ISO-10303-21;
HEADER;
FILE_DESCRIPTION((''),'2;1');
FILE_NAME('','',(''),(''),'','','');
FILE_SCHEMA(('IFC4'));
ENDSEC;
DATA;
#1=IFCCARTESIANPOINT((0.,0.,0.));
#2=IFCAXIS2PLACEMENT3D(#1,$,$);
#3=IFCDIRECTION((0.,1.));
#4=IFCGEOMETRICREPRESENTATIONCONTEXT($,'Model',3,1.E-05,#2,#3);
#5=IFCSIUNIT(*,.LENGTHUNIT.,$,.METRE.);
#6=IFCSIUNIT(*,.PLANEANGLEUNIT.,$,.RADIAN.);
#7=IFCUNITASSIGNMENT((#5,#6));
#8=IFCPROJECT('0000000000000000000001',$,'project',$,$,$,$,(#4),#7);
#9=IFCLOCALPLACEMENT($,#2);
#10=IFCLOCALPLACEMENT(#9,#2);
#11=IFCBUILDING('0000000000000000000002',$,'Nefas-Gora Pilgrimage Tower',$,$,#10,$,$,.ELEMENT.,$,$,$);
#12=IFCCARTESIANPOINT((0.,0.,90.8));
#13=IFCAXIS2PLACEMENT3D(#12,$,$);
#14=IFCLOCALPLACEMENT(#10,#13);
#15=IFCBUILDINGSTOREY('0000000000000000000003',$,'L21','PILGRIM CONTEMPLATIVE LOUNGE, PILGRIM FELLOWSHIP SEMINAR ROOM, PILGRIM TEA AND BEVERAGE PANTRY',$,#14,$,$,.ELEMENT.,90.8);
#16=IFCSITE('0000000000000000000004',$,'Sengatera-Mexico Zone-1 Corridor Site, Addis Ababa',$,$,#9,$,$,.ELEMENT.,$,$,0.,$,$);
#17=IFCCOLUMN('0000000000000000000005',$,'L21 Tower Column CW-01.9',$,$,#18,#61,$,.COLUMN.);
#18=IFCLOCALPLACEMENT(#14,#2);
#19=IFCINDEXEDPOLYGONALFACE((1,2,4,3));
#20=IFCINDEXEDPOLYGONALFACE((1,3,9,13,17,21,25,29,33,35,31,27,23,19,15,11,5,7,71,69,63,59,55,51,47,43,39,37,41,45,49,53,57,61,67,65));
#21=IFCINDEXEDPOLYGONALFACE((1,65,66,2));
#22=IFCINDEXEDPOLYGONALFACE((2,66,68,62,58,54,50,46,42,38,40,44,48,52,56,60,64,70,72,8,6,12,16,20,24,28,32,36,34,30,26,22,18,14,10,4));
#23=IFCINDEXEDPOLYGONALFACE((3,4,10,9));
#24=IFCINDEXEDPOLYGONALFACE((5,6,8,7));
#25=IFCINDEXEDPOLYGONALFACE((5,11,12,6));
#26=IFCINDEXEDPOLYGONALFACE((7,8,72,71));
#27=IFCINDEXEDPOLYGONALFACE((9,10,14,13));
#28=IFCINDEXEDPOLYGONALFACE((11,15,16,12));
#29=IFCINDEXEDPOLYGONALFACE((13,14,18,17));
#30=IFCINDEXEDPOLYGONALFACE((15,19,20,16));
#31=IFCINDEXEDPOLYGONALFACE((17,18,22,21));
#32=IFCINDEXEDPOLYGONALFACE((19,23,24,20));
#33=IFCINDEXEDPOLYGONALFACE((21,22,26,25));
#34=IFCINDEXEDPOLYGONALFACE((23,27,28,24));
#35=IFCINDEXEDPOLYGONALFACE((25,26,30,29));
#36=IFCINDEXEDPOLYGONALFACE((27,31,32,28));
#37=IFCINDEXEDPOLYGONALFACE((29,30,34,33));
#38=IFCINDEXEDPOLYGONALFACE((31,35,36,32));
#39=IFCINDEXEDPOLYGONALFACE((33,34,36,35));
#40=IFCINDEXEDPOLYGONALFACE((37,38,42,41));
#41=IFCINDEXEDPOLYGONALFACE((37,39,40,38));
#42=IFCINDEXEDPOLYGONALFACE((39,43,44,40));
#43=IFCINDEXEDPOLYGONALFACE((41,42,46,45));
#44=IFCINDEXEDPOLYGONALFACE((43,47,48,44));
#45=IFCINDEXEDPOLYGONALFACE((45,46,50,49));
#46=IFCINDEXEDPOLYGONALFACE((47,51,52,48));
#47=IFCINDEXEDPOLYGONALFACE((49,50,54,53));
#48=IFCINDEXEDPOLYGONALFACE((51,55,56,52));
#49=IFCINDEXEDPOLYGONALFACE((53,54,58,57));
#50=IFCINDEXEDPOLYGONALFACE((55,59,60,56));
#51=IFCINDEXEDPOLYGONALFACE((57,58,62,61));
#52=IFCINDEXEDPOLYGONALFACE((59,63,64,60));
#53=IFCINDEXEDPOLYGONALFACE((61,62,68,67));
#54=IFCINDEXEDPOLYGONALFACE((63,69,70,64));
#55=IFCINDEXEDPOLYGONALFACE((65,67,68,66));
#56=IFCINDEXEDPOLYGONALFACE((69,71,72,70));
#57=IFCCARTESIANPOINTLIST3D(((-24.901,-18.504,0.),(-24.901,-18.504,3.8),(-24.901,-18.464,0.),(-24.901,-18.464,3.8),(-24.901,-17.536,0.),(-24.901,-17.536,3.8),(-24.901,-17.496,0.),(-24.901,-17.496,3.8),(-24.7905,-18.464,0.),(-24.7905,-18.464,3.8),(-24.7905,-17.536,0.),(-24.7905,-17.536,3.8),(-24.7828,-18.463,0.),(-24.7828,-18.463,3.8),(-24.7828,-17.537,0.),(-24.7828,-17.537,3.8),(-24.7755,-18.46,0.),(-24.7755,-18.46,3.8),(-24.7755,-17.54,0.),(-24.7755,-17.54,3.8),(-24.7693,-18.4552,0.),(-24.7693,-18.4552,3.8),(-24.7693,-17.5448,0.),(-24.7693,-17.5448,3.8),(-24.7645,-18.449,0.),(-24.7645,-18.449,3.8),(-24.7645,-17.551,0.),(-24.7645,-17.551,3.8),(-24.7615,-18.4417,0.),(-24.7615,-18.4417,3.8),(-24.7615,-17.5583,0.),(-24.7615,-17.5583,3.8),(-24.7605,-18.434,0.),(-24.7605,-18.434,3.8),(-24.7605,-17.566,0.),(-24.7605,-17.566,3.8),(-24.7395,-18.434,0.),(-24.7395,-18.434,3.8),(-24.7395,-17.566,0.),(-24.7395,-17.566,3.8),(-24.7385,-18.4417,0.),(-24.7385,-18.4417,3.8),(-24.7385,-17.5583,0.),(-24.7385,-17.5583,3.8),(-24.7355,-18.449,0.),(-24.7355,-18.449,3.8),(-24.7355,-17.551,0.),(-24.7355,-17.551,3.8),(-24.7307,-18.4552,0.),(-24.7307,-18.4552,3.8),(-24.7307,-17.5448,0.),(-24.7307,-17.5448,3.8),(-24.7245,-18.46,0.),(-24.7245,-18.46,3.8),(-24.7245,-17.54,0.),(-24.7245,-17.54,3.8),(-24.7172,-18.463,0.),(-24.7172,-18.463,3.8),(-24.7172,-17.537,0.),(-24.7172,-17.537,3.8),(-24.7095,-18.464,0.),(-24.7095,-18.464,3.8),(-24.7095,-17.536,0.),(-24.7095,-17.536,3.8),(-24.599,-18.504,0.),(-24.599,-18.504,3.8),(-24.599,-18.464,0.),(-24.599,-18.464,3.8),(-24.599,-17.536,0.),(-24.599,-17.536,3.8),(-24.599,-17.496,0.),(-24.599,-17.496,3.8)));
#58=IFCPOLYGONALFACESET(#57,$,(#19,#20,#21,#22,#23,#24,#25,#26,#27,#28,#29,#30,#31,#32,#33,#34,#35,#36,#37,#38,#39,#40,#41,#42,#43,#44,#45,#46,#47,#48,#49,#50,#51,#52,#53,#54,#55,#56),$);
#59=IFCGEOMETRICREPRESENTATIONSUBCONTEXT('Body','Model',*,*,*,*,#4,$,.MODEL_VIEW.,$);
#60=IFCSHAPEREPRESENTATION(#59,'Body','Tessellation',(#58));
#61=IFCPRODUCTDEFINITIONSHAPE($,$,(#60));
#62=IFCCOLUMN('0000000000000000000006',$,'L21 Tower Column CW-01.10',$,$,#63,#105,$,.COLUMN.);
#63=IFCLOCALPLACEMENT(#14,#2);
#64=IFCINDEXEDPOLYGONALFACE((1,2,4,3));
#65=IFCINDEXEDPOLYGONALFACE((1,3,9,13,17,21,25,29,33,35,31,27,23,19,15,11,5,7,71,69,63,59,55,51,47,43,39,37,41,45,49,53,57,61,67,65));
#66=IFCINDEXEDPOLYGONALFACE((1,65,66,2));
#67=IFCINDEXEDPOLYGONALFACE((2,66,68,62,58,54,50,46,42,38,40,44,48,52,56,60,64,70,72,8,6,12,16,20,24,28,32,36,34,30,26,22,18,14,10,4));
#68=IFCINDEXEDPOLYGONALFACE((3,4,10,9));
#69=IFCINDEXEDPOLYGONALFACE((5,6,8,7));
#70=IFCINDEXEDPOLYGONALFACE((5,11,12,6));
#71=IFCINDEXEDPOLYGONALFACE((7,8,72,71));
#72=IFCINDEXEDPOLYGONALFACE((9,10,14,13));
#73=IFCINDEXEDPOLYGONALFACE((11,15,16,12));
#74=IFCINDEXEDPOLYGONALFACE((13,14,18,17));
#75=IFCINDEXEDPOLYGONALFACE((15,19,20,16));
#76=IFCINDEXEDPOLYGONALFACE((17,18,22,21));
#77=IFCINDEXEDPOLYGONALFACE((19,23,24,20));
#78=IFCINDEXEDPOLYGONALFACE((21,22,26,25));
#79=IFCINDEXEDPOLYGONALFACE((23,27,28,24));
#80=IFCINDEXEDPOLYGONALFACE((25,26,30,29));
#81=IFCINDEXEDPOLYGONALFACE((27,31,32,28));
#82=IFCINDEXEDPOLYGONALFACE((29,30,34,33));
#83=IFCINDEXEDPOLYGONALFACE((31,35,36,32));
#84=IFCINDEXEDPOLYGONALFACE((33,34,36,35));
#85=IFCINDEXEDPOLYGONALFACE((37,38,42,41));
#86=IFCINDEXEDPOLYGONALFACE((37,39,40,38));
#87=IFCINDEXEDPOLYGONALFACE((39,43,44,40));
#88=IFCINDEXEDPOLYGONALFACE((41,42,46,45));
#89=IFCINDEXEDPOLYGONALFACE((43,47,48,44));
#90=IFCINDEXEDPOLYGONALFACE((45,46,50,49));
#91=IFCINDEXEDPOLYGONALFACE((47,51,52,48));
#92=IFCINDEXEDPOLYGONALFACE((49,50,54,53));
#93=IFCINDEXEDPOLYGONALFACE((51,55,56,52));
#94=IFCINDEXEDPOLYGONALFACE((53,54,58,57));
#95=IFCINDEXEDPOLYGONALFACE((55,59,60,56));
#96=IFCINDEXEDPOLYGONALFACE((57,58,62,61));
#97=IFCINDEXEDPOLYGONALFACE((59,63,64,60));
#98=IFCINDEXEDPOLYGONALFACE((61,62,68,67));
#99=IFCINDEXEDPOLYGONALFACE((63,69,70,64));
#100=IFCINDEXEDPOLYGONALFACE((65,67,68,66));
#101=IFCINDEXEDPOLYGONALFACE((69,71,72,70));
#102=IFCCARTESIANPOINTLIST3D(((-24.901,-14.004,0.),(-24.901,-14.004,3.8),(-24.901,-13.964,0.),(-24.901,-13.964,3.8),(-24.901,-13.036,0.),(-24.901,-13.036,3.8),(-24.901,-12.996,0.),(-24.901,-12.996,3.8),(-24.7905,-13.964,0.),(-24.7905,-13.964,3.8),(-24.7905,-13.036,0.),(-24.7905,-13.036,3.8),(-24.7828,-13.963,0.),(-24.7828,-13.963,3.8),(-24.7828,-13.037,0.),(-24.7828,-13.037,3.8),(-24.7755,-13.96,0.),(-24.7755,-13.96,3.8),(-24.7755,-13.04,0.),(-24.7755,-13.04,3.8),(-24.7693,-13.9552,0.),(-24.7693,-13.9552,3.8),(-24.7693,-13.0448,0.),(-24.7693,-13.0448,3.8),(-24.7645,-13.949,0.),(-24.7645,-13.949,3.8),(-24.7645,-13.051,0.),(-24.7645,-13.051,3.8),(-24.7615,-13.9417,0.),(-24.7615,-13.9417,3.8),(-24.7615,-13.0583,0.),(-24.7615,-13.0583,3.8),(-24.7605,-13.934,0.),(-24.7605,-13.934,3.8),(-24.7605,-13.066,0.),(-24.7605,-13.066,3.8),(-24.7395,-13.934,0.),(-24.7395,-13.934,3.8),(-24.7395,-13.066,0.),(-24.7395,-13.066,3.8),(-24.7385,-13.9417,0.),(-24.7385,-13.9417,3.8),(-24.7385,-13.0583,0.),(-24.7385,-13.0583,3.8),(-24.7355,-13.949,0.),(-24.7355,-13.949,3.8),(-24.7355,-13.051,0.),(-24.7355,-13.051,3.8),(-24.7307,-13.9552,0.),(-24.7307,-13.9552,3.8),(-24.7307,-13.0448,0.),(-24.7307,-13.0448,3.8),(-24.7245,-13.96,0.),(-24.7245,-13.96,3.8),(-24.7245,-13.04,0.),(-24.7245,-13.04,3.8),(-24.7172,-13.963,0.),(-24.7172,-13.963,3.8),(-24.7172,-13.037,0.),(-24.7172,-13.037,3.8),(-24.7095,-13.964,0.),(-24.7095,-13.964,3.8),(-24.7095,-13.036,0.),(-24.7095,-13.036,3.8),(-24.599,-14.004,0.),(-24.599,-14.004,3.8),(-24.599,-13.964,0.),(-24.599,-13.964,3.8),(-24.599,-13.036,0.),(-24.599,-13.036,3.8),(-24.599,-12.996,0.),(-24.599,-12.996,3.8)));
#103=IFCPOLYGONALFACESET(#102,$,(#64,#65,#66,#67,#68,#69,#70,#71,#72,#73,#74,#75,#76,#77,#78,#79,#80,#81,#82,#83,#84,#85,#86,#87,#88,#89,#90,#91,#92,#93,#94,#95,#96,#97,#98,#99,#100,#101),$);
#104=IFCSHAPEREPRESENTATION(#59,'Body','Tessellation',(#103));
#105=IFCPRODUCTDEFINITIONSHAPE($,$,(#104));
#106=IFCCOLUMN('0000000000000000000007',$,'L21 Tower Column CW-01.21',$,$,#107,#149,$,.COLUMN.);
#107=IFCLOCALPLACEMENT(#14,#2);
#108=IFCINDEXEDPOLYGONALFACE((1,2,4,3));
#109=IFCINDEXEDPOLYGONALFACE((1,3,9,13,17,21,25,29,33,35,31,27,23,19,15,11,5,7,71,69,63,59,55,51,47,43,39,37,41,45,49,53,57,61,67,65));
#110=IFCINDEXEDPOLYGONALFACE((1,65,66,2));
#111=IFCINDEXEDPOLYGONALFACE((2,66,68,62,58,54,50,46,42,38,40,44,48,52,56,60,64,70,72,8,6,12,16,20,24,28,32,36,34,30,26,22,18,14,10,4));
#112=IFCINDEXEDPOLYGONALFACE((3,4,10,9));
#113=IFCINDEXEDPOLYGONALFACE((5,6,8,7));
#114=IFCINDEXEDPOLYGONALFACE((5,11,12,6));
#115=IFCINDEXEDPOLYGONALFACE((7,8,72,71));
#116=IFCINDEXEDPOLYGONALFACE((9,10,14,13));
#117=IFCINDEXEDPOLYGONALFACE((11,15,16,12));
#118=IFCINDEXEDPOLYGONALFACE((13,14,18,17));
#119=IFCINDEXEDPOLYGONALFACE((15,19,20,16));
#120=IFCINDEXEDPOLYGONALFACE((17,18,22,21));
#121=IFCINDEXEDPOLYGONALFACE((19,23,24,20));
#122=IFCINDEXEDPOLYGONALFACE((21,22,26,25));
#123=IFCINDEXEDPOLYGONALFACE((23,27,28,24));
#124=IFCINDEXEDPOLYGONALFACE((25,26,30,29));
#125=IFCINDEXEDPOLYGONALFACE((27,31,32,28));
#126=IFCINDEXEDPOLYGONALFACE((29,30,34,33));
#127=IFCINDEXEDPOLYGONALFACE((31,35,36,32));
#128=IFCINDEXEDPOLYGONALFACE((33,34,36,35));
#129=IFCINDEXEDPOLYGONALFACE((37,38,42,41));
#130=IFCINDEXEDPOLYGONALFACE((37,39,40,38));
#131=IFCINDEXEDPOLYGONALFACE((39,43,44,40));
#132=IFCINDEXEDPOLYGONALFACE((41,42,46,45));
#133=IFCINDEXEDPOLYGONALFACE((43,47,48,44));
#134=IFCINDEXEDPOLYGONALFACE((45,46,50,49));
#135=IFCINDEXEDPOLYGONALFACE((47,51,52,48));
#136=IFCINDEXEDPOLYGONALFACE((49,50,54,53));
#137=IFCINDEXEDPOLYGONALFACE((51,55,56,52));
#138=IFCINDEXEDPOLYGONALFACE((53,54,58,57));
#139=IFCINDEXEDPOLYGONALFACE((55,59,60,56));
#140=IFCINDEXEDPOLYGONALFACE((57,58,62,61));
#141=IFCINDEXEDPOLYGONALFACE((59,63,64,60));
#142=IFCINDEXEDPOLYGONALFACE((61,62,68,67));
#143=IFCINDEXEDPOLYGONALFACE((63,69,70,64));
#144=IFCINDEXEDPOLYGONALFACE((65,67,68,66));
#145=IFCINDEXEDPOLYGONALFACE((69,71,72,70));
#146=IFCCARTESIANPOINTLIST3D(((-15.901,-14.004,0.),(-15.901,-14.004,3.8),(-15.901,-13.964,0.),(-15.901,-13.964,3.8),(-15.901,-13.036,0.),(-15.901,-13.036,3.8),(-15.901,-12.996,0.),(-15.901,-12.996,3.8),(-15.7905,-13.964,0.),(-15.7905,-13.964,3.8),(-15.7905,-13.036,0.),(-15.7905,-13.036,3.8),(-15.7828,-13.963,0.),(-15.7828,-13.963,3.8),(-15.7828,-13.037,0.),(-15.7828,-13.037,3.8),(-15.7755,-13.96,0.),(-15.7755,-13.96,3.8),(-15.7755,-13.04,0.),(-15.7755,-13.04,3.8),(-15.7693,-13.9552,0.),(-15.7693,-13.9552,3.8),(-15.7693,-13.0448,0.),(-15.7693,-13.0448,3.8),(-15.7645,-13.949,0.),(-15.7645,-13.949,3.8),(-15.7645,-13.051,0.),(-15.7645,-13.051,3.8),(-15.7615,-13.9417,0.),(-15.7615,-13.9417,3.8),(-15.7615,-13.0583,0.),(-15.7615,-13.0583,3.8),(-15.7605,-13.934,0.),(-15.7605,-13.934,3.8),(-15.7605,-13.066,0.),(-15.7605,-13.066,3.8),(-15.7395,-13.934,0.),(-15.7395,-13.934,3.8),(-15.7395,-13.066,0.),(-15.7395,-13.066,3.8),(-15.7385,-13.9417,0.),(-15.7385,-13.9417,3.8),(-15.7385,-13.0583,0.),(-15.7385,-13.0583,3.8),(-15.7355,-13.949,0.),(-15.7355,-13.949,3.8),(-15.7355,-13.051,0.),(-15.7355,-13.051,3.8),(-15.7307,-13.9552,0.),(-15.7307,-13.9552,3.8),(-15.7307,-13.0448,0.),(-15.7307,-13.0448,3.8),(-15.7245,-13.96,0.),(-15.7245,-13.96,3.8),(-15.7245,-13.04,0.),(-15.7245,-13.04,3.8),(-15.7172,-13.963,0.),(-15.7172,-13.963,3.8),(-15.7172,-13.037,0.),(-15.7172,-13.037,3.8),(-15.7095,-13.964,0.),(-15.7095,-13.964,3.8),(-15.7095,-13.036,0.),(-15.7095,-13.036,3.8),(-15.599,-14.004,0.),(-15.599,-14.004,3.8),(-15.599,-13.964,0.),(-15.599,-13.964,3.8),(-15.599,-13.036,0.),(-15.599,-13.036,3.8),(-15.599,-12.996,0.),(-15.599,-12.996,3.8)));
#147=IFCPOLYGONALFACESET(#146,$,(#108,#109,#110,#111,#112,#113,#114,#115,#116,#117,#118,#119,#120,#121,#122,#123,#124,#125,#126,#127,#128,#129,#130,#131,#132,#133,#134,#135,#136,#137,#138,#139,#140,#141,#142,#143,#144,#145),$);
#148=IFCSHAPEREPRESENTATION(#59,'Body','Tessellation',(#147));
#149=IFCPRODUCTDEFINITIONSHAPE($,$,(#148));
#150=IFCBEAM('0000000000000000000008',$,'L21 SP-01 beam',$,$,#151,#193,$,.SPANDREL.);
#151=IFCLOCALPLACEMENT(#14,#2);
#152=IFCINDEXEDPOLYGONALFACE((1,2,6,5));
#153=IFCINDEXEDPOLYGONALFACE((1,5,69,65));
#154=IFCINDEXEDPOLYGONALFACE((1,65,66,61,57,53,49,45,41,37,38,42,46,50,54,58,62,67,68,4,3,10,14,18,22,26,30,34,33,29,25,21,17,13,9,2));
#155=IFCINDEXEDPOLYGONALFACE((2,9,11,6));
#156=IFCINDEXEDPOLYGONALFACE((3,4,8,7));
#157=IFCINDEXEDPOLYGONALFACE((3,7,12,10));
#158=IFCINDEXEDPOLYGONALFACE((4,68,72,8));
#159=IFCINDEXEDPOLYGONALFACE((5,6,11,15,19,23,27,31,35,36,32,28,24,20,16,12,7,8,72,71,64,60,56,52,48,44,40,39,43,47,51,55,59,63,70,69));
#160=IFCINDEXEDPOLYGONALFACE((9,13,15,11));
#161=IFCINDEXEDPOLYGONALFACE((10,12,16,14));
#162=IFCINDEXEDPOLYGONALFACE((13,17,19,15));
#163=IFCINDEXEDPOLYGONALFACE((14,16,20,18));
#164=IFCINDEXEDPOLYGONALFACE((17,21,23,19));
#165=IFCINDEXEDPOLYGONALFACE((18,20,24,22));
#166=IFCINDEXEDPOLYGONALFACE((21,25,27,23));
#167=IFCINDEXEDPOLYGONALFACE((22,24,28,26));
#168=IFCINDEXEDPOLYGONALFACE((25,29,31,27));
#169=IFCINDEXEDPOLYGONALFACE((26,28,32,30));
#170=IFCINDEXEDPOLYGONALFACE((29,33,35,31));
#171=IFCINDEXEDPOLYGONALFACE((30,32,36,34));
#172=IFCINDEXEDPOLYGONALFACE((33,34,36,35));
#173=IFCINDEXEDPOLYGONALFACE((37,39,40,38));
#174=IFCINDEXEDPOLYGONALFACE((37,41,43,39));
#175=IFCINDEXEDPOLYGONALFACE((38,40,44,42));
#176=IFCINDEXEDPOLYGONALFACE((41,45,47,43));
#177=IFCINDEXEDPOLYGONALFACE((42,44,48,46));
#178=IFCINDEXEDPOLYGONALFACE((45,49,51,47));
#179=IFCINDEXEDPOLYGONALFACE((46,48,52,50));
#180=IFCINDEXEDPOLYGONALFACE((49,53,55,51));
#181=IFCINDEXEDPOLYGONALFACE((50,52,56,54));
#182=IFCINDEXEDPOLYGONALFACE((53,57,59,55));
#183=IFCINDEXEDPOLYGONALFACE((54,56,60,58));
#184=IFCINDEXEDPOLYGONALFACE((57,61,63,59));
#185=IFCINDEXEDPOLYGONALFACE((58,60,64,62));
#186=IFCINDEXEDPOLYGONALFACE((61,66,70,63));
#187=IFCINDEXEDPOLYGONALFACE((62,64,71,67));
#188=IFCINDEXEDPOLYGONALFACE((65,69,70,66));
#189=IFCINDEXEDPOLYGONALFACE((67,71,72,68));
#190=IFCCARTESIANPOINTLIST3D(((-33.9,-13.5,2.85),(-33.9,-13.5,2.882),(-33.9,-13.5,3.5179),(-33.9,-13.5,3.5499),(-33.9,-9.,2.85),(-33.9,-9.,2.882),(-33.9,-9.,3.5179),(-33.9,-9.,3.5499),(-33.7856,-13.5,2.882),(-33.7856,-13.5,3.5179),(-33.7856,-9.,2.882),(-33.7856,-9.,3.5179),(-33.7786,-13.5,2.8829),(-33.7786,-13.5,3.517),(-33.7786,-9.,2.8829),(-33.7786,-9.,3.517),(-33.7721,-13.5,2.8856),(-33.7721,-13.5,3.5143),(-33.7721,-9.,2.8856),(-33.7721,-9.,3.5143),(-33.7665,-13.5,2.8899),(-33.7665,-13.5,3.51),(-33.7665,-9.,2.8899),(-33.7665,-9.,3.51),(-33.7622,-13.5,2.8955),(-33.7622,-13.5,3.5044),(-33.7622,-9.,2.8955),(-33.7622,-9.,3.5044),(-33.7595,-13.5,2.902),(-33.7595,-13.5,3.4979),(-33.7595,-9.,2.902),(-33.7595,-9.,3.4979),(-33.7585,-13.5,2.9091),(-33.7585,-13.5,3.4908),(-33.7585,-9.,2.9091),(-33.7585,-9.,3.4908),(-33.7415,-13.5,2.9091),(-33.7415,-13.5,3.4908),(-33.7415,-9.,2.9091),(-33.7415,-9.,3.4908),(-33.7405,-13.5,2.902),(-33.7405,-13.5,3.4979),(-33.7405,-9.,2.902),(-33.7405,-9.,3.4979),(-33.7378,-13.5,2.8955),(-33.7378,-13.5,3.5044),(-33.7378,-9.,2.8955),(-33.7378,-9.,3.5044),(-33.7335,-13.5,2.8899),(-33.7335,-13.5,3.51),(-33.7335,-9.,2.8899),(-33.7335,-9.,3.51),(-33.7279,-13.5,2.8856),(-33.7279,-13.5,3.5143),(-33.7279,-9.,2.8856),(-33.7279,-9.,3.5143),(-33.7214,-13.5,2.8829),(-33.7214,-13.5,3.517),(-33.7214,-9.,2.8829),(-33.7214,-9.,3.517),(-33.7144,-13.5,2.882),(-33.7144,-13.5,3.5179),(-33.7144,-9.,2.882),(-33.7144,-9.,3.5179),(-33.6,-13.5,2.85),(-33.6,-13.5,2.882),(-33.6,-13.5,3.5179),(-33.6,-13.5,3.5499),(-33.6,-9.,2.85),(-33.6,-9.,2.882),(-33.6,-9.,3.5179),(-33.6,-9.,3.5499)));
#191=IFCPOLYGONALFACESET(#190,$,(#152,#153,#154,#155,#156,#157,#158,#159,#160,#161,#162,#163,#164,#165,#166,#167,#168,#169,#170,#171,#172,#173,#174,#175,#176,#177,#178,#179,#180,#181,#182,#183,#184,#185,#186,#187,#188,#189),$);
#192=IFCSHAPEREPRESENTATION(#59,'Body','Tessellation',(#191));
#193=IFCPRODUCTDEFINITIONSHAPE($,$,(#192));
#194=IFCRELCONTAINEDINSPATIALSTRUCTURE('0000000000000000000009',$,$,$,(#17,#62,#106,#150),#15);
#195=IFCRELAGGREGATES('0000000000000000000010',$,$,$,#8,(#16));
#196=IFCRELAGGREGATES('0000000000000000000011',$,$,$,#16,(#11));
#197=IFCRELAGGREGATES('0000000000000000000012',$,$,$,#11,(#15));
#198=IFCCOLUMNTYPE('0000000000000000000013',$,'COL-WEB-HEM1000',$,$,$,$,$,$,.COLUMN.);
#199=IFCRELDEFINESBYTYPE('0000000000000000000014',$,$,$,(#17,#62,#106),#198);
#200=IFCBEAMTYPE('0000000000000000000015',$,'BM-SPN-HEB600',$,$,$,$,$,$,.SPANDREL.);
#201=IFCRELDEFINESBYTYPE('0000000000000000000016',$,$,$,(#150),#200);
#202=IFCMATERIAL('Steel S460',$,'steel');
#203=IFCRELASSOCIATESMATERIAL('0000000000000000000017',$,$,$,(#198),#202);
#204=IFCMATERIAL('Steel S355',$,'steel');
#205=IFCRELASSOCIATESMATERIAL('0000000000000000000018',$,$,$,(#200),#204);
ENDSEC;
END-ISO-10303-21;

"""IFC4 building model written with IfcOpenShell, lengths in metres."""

from ifc_helpers import new_model, si_unit, direction, frame, origin, origin_2d, place, context, subcontext, project, spatial, i_section, extrude, source, transform, mapped, material, material_profile, profile_set, type_object, element, save


model = new_model("IFC4")

# Units and contexts
model_context = context("Model", 3, precision=1e-05, world=origin(), true_north=direction((0.0, 1.0)))
body_context = subcontext(model_context, "Body", "Model", "MODEL_VIEW")
ifc_project = project(units=[si_unit("LENGTHUNIT", "METRE"), si_unit("PLANEANGLEUNIT", "RADIAN")], contexts=[model_context])

# Site, building, storey
site_placement = place(None, origin())
site = spatial("IfcSite", under=ifc_project, at=site_placement, Name="Sengatera-Mexico Zone-1 Corridor Site, Addis Ababa", CompositionType="ELEMENT", RefElevation=0.0)
building_placement = place(site_placement, origin())
building = spatial("IfcBuilding", under=site, at=building_placement, Name="Nefas-Gora Pilgrimage Tower", CompositionType="ELEMENT")
storey_placement = place(building_placement, frame((0.0, 0.0, 90.8)))
storey = spatial("IfcBuildingStorey", under=building, at=storey_placement, Name="L21", Description="PILGRIM CONTEMPLATIVE LOUNGE, PILGRIM FELLOWSHIP SEMINAR ROOM, PILGRIM TEA AND BEVERAGE PANTRY", CompositionType="ELEMENT", Elevation=90.8)

# Columns
ifc_material_1 = material(Name="Steel S460", Category="steel")
ifc_material_profile_1 = material_profile(ifc_material_1, i_section(OverallWidth=0.302, OverallDepth=1.0081, WebThickness=0.021, FlangeThickness=0.04, FilletRadius=0.03, at=origin_2d()), Name="HEM 1000")
ifc_profile_set_1 = profile_set([ifc_material_profile_1], Name="Steel S460")
column_type_1 = type_object("IfcColumnType", Name="COL-WEB-HEM1000", PredefinedType="COLUMN", material=ifc_profile_set_1)
shared_shape_1 = source(origin(), body_context, "Body", "SweptSolid", [
    extrude(i_section(OverallWidth=0.302, OverallDepth=1.0081, WebThickness=0.021, FlangeThickness=0.04, FilletRadius=0.03, at=origin_2d()), origin(), (0.0, 0.0, 1.0), 3.8),
])
for number, where, z_axis, x_axis, name in (
    (1, (-24.75, -18.0, 0.0), (0.0, 0.0, 1.0), (1.0, 0.0, 0.0), "L21 Tower Column CW-01.9"),
    (2, (-24.75, -13.5, 0.0), (0.0, 0.0, 1.0), (1.0, 0.0, 0.0), "L21 Tower Column CW-01.10"),
    (3, (-15.75, -13.5, 0.0), (0.0, 0.0, 1.0), (1.0, 0.0, 0.0), "L21 Tower Column CW-01.21"),
):
    element("IfcColumn", number, at=place(storey_placement, frame(where, z_axis=z_axis, x_axis=x_axis)), inside=storey, type_object=column_type_1, Name=name, PredefinedType="COLUMN", context=body_context, shape_type="MappedRepresentation", body=[
        mapped(shared_shape_1, transform((0.0, 0.0, 0.0), x_axis=(1.0, 0.0, 0.0), y_axis=(0.0, 1.0, 0.0), z_axis=(0.0, 0.0, 1.0), scale=1.0)),
    ])

# Beam
ifc_material_2 = material(Name="Steel S355", Category="steel")
ifc_material_profile_2 = material_profile(ifc_material_2, i_section(OverallWidth=0.3, OverallDepth=0.7, WebThickness=0.0171, FlangeThickness=0.032, FilletRadius=0.0271, at=origin_2d()), Name="HEB 700")
ifc_profile_set_2 = profile_set([ifc_material_profile_2], Name="Steel S355")
beam_type_1 = type_object("IfcBeamType", Name="BM-SPN-HEB600", PredefinedType="SPANDREL", material=ifc_profile_set_2)
shared_shape_2 = source(origin(), body_context, "Body", "SweptSolid", [
    extrude(i_section(OverallWidth=0.3, OverallDepth=0.7, WebThickness=0.0171, FlangeThickness=0.032, FilletRadius=0.0271, at=origin_2d()), origin(), (0.0, 0.0, 1.0), 4.5),
])
for number, where, z_axis, x_axis, name in (
    (4, (-33.75, -13.5, 3.2), (0.0, 1.0, 0.0), (-1.0, 0.0, 0.0), "L21 SP-01 beam"),
):
    element("IfcBeam", number, at=place(storey_placement, frame(where, z_axis=z_axis, x_axis=x_axis)), inside=storey, type_object=beam_type_1, Name=name, PredefinedType="SPANDREL", context=body_context, shape_type="MappedRepresentation", body=[
        mapped(shared_shape_2, transform((0.0, 0.0, 0.0), x_axis=(1.0, 0.0, 0.0), y_axis=(0.0, 1.0, 0.0), z_axis=(0.0, 0.0, 1.0), scale=1.0)),
    ])

save(model, "model.ifc")
